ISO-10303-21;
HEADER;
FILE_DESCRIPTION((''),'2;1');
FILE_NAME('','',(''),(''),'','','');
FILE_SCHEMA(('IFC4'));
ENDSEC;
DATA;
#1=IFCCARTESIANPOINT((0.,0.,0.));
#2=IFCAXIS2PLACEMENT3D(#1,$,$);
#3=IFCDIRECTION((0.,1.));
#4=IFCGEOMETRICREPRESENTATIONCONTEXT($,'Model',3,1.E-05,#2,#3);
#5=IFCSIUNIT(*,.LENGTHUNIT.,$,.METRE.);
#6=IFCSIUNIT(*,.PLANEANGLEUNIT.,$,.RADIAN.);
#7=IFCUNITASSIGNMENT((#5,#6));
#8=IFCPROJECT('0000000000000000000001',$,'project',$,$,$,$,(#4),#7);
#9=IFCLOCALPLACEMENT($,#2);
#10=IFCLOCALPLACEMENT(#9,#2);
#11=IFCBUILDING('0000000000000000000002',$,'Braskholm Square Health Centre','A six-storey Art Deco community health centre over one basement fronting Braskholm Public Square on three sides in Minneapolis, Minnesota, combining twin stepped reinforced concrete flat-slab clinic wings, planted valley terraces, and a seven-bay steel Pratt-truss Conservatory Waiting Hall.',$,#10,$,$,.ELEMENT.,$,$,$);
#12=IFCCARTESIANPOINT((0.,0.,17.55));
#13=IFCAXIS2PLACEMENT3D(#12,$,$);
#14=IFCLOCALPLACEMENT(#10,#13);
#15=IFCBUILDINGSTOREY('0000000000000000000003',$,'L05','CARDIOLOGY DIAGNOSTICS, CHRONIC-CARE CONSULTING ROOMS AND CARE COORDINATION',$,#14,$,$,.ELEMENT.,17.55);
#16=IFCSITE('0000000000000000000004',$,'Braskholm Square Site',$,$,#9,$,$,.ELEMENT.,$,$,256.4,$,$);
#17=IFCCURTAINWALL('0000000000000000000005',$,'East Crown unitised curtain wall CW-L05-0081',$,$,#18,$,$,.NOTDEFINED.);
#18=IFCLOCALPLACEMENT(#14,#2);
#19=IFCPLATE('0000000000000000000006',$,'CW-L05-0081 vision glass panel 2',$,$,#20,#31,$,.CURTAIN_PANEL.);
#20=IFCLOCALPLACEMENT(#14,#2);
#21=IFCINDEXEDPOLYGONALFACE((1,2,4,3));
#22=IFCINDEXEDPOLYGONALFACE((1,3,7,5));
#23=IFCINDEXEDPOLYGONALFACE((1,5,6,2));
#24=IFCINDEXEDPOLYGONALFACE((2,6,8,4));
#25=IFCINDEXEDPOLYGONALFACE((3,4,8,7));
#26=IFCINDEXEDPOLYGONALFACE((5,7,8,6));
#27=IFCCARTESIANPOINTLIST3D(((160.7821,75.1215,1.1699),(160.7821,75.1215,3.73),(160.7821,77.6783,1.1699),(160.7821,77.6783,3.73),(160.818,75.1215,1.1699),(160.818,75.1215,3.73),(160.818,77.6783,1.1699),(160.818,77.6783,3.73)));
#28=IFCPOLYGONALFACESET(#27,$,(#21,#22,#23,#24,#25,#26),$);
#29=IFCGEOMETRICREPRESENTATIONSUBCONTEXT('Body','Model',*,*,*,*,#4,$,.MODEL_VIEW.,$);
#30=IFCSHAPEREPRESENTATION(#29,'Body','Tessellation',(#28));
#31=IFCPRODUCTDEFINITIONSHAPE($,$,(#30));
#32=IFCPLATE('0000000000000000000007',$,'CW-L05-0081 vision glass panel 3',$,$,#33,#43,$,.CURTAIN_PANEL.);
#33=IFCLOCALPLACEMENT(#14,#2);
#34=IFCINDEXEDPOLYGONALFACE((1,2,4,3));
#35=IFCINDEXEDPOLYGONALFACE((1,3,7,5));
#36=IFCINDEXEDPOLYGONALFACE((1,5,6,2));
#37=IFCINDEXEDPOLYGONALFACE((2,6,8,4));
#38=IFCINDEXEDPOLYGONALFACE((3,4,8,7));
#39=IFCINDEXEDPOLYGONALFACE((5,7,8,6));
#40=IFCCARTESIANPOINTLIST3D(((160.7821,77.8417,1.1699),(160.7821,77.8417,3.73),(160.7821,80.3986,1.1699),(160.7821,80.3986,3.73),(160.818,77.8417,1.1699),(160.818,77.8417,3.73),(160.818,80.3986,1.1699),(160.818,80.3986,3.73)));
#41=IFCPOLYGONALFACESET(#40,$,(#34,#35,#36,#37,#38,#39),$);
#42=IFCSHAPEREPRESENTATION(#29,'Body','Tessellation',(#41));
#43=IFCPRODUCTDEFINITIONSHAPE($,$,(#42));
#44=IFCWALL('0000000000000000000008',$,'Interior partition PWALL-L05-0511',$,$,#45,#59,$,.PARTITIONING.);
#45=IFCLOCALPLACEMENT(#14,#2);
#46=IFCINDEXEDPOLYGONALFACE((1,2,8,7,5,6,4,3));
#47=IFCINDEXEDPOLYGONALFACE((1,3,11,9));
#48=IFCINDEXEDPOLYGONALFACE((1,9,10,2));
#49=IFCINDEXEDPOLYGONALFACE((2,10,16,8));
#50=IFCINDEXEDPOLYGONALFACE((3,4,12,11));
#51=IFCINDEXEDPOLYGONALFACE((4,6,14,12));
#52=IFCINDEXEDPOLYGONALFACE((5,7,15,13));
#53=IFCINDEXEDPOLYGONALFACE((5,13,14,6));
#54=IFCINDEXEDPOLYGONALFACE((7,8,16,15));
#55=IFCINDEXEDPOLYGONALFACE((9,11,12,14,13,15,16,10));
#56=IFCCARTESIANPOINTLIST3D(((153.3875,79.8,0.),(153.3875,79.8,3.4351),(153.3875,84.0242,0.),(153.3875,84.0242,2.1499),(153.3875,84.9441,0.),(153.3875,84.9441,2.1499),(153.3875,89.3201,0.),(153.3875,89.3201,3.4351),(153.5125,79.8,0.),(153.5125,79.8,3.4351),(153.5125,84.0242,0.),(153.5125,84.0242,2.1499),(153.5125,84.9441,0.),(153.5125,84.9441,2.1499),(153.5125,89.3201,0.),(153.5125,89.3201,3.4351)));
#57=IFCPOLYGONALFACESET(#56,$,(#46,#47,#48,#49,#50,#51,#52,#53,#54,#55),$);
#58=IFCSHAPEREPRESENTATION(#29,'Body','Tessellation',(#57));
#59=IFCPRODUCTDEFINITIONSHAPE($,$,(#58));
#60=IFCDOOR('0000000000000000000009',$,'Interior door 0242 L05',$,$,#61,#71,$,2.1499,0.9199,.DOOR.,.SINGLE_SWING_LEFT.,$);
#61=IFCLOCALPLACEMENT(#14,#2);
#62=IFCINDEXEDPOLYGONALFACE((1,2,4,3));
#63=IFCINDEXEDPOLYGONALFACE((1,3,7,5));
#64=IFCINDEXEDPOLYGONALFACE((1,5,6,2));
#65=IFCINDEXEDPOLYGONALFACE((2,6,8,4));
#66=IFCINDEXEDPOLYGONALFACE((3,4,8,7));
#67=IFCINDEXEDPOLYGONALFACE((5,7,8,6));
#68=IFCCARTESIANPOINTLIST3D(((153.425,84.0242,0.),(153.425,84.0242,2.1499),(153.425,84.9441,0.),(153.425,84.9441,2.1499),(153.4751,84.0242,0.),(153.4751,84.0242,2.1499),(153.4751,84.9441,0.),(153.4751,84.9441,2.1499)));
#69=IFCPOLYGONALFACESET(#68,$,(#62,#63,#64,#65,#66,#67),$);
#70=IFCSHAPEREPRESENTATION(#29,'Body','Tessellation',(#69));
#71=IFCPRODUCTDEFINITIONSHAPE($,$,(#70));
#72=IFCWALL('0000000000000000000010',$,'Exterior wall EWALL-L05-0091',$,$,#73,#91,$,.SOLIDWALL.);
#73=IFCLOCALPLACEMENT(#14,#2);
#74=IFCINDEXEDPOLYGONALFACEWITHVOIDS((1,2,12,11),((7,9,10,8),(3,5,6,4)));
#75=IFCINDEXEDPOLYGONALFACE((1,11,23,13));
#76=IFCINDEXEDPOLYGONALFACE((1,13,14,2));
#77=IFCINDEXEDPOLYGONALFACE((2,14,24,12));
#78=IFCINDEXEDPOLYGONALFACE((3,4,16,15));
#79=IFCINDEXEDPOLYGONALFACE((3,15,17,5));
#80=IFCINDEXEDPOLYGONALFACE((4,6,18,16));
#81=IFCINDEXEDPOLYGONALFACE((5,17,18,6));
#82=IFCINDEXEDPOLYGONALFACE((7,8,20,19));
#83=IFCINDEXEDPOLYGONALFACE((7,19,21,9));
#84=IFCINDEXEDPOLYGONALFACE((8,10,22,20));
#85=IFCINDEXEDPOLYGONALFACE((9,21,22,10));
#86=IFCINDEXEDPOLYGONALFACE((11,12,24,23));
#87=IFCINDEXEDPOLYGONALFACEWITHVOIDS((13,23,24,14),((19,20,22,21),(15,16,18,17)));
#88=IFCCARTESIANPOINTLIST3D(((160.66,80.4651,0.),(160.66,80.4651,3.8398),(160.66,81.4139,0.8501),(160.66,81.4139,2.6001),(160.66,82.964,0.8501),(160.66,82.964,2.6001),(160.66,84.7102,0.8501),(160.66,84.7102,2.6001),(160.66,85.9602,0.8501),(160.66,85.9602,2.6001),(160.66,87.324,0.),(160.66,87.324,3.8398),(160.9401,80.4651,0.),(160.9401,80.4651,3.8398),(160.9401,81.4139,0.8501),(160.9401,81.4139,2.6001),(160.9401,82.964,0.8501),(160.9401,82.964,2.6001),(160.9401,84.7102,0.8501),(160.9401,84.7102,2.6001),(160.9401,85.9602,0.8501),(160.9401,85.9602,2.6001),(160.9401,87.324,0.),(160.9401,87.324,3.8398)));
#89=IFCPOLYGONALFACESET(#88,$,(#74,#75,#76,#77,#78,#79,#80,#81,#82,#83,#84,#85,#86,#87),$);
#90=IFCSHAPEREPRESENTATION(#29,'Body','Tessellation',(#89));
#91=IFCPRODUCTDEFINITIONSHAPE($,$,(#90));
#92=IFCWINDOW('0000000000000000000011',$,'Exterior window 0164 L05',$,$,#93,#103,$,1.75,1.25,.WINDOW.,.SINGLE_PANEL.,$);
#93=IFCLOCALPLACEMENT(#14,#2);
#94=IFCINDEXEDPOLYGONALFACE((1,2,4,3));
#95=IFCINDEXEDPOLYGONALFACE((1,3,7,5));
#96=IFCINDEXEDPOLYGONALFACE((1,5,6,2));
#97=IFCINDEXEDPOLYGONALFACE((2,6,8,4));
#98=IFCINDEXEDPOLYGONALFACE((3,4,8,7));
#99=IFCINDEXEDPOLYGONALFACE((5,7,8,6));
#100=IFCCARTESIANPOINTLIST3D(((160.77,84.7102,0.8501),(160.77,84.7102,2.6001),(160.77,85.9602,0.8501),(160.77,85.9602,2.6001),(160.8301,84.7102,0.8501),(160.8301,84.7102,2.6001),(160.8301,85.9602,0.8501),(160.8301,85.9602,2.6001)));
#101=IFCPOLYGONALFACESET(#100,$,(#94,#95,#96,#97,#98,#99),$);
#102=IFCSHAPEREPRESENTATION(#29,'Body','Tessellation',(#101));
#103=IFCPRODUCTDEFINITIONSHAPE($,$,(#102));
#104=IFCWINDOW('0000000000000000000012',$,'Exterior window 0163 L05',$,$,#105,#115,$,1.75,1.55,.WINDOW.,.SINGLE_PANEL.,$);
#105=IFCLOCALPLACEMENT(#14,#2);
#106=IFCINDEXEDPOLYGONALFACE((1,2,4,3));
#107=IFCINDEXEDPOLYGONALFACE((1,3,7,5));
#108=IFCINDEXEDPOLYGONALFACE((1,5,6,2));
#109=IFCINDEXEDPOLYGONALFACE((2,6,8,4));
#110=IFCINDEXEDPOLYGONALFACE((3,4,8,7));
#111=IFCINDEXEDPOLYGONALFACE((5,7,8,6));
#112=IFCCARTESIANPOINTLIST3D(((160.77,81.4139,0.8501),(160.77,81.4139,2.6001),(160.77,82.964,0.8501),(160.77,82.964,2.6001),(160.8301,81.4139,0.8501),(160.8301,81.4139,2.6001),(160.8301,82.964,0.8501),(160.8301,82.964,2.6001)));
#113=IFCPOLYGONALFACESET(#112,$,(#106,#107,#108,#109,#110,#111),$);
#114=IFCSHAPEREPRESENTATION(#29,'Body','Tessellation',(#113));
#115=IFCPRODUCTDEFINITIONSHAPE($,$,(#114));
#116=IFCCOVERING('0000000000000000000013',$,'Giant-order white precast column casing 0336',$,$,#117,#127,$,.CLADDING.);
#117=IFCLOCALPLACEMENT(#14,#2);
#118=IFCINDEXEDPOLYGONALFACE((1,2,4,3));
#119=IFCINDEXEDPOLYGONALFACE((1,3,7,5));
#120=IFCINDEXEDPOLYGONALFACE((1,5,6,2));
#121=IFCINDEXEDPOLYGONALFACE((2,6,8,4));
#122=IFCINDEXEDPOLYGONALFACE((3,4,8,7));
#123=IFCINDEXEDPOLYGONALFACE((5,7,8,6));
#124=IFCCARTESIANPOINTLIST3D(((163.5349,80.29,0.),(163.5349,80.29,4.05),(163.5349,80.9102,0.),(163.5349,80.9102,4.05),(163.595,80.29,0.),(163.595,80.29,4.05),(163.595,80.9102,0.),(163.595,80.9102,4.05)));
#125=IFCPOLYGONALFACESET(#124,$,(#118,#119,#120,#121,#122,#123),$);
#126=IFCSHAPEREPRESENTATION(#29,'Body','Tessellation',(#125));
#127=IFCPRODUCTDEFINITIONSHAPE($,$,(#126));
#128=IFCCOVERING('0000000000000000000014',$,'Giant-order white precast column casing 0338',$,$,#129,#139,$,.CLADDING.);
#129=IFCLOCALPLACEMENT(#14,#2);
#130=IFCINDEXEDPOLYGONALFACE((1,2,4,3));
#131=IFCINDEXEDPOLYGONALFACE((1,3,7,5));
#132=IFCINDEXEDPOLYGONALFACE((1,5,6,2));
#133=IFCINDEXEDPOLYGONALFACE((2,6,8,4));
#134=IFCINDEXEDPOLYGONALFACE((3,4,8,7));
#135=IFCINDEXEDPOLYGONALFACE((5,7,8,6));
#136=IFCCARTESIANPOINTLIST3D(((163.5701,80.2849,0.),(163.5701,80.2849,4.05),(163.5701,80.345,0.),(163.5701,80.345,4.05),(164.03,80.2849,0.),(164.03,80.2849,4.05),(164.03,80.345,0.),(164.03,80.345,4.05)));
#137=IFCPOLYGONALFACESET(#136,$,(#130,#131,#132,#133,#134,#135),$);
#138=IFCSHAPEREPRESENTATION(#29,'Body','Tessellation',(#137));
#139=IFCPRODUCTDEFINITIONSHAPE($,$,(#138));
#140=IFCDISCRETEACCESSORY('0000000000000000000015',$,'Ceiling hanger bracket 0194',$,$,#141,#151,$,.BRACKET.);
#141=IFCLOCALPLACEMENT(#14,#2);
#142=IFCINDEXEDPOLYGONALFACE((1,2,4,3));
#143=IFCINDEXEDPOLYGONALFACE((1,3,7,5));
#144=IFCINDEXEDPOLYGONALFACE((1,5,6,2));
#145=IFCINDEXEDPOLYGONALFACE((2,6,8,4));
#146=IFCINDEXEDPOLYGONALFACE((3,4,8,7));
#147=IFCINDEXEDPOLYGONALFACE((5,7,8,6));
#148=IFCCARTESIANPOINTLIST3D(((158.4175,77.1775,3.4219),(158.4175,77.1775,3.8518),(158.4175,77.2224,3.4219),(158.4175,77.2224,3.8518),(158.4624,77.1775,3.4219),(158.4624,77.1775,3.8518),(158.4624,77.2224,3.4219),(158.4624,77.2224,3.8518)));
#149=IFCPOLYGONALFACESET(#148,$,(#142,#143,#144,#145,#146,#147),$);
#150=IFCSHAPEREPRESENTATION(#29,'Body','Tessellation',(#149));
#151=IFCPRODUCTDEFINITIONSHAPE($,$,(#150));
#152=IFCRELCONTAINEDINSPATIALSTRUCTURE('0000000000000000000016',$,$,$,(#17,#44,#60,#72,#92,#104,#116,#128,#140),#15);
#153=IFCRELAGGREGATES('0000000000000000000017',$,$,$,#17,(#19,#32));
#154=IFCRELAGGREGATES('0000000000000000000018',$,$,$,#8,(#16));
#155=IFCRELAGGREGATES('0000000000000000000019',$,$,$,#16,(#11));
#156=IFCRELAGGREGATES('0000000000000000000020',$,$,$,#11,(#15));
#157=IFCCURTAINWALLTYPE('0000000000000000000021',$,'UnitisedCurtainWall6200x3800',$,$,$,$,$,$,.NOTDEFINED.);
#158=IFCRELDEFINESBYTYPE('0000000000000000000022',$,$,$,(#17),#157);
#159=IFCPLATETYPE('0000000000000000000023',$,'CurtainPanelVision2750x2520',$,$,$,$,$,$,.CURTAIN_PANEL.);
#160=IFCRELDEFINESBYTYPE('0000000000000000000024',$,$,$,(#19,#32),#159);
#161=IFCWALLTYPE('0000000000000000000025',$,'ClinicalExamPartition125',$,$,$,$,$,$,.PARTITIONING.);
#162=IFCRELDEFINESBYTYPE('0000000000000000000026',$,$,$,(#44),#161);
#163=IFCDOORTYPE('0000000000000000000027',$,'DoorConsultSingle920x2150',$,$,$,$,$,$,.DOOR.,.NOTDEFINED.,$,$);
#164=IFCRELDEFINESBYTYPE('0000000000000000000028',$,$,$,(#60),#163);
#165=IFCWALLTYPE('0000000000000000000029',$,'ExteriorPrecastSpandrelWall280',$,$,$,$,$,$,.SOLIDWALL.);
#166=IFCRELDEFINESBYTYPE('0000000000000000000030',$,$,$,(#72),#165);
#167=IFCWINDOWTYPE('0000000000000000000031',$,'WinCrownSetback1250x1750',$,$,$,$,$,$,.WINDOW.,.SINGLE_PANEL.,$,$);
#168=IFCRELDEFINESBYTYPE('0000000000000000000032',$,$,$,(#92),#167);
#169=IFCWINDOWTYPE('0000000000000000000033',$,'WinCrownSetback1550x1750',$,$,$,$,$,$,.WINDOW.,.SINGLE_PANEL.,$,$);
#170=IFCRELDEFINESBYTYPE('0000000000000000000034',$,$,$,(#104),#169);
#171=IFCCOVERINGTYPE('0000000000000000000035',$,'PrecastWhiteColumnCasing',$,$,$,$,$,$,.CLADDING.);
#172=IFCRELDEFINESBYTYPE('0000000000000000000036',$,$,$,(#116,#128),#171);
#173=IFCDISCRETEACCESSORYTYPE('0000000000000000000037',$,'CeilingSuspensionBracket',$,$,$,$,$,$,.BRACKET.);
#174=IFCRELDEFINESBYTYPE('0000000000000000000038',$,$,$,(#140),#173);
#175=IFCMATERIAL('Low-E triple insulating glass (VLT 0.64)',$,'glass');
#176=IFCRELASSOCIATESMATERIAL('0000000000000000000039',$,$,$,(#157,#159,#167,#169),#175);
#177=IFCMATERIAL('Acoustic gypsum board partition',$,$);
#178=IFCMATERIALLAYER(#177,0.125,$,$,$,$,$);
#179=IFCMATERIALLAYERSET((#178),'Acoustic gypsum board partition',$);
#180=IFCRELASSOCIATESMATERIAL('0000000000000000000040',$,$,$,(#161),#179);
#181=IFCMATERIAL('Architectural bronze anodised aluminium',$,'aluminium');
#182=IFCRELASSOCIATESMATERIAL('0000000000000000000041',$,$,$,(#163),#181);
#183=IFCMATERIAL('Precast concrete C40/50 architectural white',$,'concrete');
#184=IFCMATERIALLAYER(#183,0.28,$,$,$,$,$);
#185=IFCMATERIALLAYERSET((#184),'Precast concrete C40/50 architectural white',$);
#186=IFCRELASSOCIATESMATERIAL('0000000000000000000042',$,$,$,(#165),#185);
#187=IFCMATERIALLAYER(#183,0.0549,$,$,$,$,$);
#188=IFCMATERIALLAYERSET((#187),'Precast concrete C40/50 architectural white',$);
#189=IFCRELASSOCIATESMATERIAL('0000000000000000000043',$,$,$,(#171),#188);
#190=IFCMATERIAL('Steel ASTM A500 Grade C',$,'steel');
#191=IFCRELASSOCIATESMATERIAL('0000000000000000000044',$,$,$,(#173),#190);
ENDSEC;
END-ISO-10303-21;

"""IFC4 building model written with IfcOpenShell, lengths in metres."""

from ifc_helpers import new_model, si_unit, direction, frame, frame_2d, origin, origin_with_axes, origin_2d, place, context, subcontext, project, spatial, rectangle, extrude, material, layer, layer_set, type_object, element, fill, aggregate, save


model = new_model("IFC4")

# Units and contexts
model_context = context("Model", 3, precision=1e-05, world=origin(), true_north=direction((0.0, 1.0)))
body_context = subcontext(model_context, "Body", "Model", "MODEL_VIEW")
ifc_project = project(units=[si_unit("LENGTHUNIT", "METRE"), si_unit("PLANEANGLEUNIT", "RADIAN")], contexts=[model_context])

# Site, building, storey
site_placement = place(None, origin())
site = spatial("IfcSite", under=ifc_project, at=site_placement, Name="Braskholm Square Site", CompositionType="ELEMENT", RefElevation=256.4)
building_placement = place(site_placement, origin())
building = spatial("IfcBuilding", under=site, at=building_placement, Name="Braskholm Square Health Centre", Description="A six-storey Art Deco community health centre over one basement fronting Braskholm Public Square on three sides in Minneapolis, Minnesota, combining twin stepped reinforced concrete flat-slab clinic wings, planted valley terraces, and a seven-bay steel Pratt-truss Conservatory Waiting Hall.", CompositionType="ELEMENT")
storey_placement = place(building_placement, frame((0.0, 0.0, 17.55)))
storey = spatial("IfcBuildingStorey", under=building, at=storey_placement, Name="L05", Description="CARDIOLOGY DIAGNOSTICS, CHRONIC-CARE CONSULTING ROOMS AND CARE COORDINATION", CompositionType="ELEMENT", Elevation=17.55)

# Shared definitions
ifc_material_1 = material(Name="Low-E triple insulating glass (VLT 0.64)", Category="glass")
ifc_material_2 = material(Name="Architectural bronze anodised aluminium", Category="aluminium")

# Curtain wall
curtain_wall_type_1 = type_object("IfcCurtainWallType", Name="UnitisedCurtainWall6200x3800", PredefinedType="NOTDEFINED", material=ifc_material_1)
curtain_wall_1_placement = place(storey_placement, origin())
curtain_wall_1 = element("IfcCurtainWall", 1, at=curtain_wall_1_placement, inside=storey, type_object=curtain_wall_type_1, Name="East Crown unitised curtain wall CW-L05-0081", PredefinedType="NOTDEFINED")

# Plates
plate_type_1 = type_object("IfcPlateType", Name="CurtainPanelVision2750x2520", PredefinedType="CURTAIN_PANEL", material=ifc_material_1)
plate_1_placement = place(storey_placement, frame((160.8, 76.3999, 1.1699), z_axis=(0.0, 0.0, 1.0), x_axis=(0.0, 1.0, 0.0)))
plate_1 = element("IfcPlate", 2, at=plate_1_placement, type_object=plate_type_1, Name="CW-L05-0081 vision glass panel 2", PredefinedType="CURTAIN_PANEL", context=body_context, shape_type="SweptSolid", body=[
    extrude(rectangle(XDim=2.5569, YDim=0.0359, at=origin_2d()), origin(), (0.0, 0.0, 1.0), 2.5601),
])
plate_2_placement = place(storey_placement, frame((160.8, 79.1201, 1.1699), z_axis=(0.0, 0.0, 1.0), x_axis=(0.0, 1.0, 0.0)))
plate_2 = element("IfcPlate", 3, at=plate_2_placement, type_object=plate_type_1, Name="CW-L05-0081 vision glass panel 3", PredefinedType="CURTAIN_PANEL", context=body_context, shape_type="SweptSolid", body=[
    extrude(rectangle(XDim=2.5569, YDim=0.0359, at=origin_2d()), origin(), (0.0, 0.0, 1.0), 2.5601),
])
aggregate(curtain_wall_1, [plate_1, plate_2])

# Wall, opening, door
ifc_material_3 = material(Name="Acoustic gypsum board partition")
ifc_layer_1 = layer(ifc_material_3, 0.125)
ifc_layer_set_1 = layer_set([ifc_layer_1], Name="Acoustic gypsum board partition")
wall_type_1 = type_object("IfcWallType", Name="ClinicalExamPartition125", PredefinedType="PARTITIONING", material=ifc_layer_set_1)
wall_1_placement = place(storey_placement, frame((153.45, 79.8, 0.0), z_axis=(0.0, 0.0, 1.0), x_axis=(0.0, 1.0, 0.0)))
wall_1 = element("IfcWall", 4, at=wall_1_placement, inside=storey, type_object=wall_type_1, Name="Interior partition PWALL-L05-0511", PredefinedType="PARTITIONING", context=body_context, shape_type="SweptSolid", body=[
    extrude(rectangle(XDim=9.52, YDim=0.125, at=frame_2d((4.76, 0.0))), origin(), (0.0, 0.0, 1.0), 3.4351),
])
opening_1_placement = place(wall_1_placement, frame((4.2241, 0.0, 0.0)))
opening_1 = element("IfcOpeningElement", 5, at=opening_1_placement, cuts=wall_1, PredefinedType="OPENING", context=body_context, shape_type="SweptSolid", body=[
    extrude(rectangle(XDim=0.9199, YDim=2.1499, at=frame_2d((0.46, 1.075))), frame((0.0, 0.0725, 0.0), z_axis=(0.0, -1.0, 0.0), x_axis=(1.0, 0.0, 0.0)), (0.0, 0.0, 1.0), 0.145),
])
door_type = type_object("IfcDoorType", Name="DoorConsultSingle920x2150", OperationType="NOTDEFINED", PredefinedType="DOOR", material=ifc_material_2)
door_placement = place(opening_1_placement, origin_with_axes())
door = element("IfcDoor", 6, at=door_placement, inside=storey, type_object=door_type, Name="Interior door 0242 L05", OperationType="SINGLE_SWING_LEFT", OverallHeight=2.1499, OverallWidth=0.9199, PredefinedType="DOOR", context=body_context, shape_type="SweptSolid", body=[
    extrude(rectangle(XDim=0.9199, YDim=2.1499, at=frame_2d((0.46, 1.075))), frame((0.0, 0.0249, 0.0), z_axis=(0.0, -1.0, 0.0), x_axis=(1.0, 0.0, 0.0)), (0.0, 0.0, 1.0), 0.05),
])
fill(opening_1, door)

# Wall, openings, windows
ifc_material_4 = material(Name="Precast concrete C40/50 architectural white", Category="concrete")
ifc_layer_2 = layer(ifc_material_4, 0.28)
ifc_layer_set_2 = layer_set([ifc_layer_2], Name="Precast concrete C40/50 architectural white")
wall_type_2 = type_object("IfcWallType", Name="ExteriorPrecastSpandrelWall280", PredefinedType="SOLIDWALL", material=ifc_layer_set_2)
wall_2_placement = place(storey_placement, frame((160.8, 80.4651, 0.0), z_axis=(0.0, 0.0, 1.0), x_axis=(0.0, 1.0, 0.0)))
wall_2 = element("IfcWall", 7, at=wall_2_placement, inside=storey, type_object=wall_type_2, Name="Exterior wall EWALL-L05-0091", PredefinedType="SOLIDWALL", context=body_context, shape_type="SweptSolid", body=[
    extrude(rectangle(XDim=6.8589, YDim=0.28, at=frame_2d((3.4294, 0.0))), origin(), (0.0, 0.0, 1.0), 3.8398),
])
opening_2_placement = place(wall_2_placement, frame((0.949, 0.0, 0.8501)))
opening_2 = element("IfcOpeningElement", 8, at=opening_2_placement, cuts=wall_2, PredefinedType="OPENING", context=body_context, shape_type="SweptSolid", body=[
    extrude(rectangle(XDim=1.55, YDim=1.75, at=frame_2d((0.7749, 0.875))), frame((0.0, 0.1499, 0.0), z_axis=(0.0, -1.0, 0.0), x_axis=(1.0, 0.0, 0.0)), (0.0, 0.0, 1.0), 0.3),
])
opening_3_placement = place(wall_2_placement, frame((4.2451, 0.0, 0.8501)))
opening_3 = element("IfcOpeningElement", 9, at=opening_3_placement, cuts=wall_2, PredefinedType="OPENING", context=body_context, shape_type="SweptSolid", body=[
    extrude(rectangle(XDim=1.25, YDim=1.75, at=frame_2d((0.625, 0.875))), frame((0.0, 0.1499, 0.0), z_axis=(0.0, -1.0, 0.0), x_axis=(1.0, 0.0, 0.0)), (0.0, 0.0, 1.0), 0.3),
])
window_type_1 = type_object("IfcWindowType", Name="WinCrownSetback1250x1750", PartitioningType="SINGLE_PANEL", PredefinedType="WINDOW", material=ifc_material_1)
window_1_placement = place(opening_3_placement, origin_with_axes())
window_1 = element("IfcWindow", 10, at=window_1_placement, inside=storey, type_object=window_type_1, Name="Exterior window 0164 L05", OverallHeight=1.75, OverallWidth=1.25, PartitioningType="SINGLE_PANEL", PredefinedType="WINDOW", context=body_context, shape_type="SweptSolid", body=[
    extrude(rectangle(XDim=1.25, YDim=1.75, at=frame_2d((0.625, 0.875))), frame((0.0, 0.03, 0.0), z_axis=(0.0, -1.0, 0.0), x_axis=(1.0, 0.0, 0.0)), (0.0, 0.0, 1.0), 0.0601),
])
fill(opening_3, window_1)
window_type_2 = type_object("IfcWindowType", Name="WinCrownSetback1550x1750", PartitioningType="SINGLE_PANEL", PredefinedType="WINDOW", material=ifc_material_1)
window_2_placement = place(opening_2_placement, origin_with_axes())
window_2 = element("IfcWindow", 11, at=window_2_placement, inside=storey, type_object=window_type_2, Name="Exterior window 0163 L05", OverallHeight=1.75, OverallWidth=1.55, PartitioningType="SINGLE_PANEL", PredefinedType="WINDOW", context=body_context, shape_type="SweptSolid", body=[
    extrude(rectangle(XDim=1.55, YDim=1.75, at=frame_2d((0.7749, 0.875))), frame((0.0, 0.03, 0.0), z_axis=(0.0, -1.0, 0.0), x_axis=(1.0, 0.0, 0.0)), (0.0, 0.0, 1.0), 0.0601),
])
fill(opening_2, window_2)

# Coverings
ifc_layer_3 = layer(ifc_material_4, 0.0549)
ifc_layer_set_3 = layer_set([ifc_layer_3], Name="Precast concrete C40/50 architectural white")
covering_type = type_object("IfcCoveringType", Name="PrecastWhiteColumnCasing", PredefinedType="CLADDING", material=ifc_layer_set_3)
covering_1_placement = place(storey_placement, frame((163.5649, 80.6001, 0.0), z_axis=(0.0, 0.0, 1.0), x_axis=(1.0, 0.0, 0.0)))
element("IfcCovering", 12, at=covering_1_placement, inside=storey, type_object=covering_type, Name="Giant-order white precast column casing 0336", PredefinedType="CLADDING", context=body_context, shape_type="SweptSolid", body=[
    extrude(rectangle(XDim=0.0601, YDim=0.6201, at=origin_2d()), origin(), (0.0, 0.0, 1.0), 4.05),
])
covering_2_placement = place(storey_placement, frame((163.8, 80.3149, 0.0), z_axis=(0.0, 0.0, 1.0), x_axis=(1.0, 0.0, 0.0)))
element("IfcCovering", 13, at=covering_2_placement, inside=storey, type_object=covering_type, Name="Giant-order white precast column casing 0338", PredefinedType="CLADDING", context=body_context, shape_type="SweptSolid", body=[
    extrude(rectangle(XDim=0.46, YDim=0.0601, at=origin_2d()), origin(), (0.0, 0.0, 1.0), 4.05),
])

# Discrete accessory
ifc_material_5 = material(Name="Steel ASTM A500 Grade C", Category="steel")
discrete_accessory_type = type_object("IfcDiscreteAccessoryType", Name="CeilingSuspensionBracket", PredefinedType="BRACKET", material=ifc_material_5)
discrete_accessory_placement = place(storey_placement, frame((158.4399, 77.2, 3.4219), z_axis=(0.0, 0.0, 1.0), x_axis=(1.0, 0.0, 0.0)))
element("IfcDiscreteAccessory", 14, at=discrete_accessory_placement, inside=storey, type_object=discrete_accessory_type, Name="Ceiling hanger bracket 0194", PredefinedType="BRACKET", context=body_context, shape_type="SweptSolid", body=[
    extrude(rectangle(XDim=0.0449, YDim=0.0449, at=origin_2d()), origin(), (0.0, 0.0, 1.0), 0.4299),
])

save(model, "model.ifc")
